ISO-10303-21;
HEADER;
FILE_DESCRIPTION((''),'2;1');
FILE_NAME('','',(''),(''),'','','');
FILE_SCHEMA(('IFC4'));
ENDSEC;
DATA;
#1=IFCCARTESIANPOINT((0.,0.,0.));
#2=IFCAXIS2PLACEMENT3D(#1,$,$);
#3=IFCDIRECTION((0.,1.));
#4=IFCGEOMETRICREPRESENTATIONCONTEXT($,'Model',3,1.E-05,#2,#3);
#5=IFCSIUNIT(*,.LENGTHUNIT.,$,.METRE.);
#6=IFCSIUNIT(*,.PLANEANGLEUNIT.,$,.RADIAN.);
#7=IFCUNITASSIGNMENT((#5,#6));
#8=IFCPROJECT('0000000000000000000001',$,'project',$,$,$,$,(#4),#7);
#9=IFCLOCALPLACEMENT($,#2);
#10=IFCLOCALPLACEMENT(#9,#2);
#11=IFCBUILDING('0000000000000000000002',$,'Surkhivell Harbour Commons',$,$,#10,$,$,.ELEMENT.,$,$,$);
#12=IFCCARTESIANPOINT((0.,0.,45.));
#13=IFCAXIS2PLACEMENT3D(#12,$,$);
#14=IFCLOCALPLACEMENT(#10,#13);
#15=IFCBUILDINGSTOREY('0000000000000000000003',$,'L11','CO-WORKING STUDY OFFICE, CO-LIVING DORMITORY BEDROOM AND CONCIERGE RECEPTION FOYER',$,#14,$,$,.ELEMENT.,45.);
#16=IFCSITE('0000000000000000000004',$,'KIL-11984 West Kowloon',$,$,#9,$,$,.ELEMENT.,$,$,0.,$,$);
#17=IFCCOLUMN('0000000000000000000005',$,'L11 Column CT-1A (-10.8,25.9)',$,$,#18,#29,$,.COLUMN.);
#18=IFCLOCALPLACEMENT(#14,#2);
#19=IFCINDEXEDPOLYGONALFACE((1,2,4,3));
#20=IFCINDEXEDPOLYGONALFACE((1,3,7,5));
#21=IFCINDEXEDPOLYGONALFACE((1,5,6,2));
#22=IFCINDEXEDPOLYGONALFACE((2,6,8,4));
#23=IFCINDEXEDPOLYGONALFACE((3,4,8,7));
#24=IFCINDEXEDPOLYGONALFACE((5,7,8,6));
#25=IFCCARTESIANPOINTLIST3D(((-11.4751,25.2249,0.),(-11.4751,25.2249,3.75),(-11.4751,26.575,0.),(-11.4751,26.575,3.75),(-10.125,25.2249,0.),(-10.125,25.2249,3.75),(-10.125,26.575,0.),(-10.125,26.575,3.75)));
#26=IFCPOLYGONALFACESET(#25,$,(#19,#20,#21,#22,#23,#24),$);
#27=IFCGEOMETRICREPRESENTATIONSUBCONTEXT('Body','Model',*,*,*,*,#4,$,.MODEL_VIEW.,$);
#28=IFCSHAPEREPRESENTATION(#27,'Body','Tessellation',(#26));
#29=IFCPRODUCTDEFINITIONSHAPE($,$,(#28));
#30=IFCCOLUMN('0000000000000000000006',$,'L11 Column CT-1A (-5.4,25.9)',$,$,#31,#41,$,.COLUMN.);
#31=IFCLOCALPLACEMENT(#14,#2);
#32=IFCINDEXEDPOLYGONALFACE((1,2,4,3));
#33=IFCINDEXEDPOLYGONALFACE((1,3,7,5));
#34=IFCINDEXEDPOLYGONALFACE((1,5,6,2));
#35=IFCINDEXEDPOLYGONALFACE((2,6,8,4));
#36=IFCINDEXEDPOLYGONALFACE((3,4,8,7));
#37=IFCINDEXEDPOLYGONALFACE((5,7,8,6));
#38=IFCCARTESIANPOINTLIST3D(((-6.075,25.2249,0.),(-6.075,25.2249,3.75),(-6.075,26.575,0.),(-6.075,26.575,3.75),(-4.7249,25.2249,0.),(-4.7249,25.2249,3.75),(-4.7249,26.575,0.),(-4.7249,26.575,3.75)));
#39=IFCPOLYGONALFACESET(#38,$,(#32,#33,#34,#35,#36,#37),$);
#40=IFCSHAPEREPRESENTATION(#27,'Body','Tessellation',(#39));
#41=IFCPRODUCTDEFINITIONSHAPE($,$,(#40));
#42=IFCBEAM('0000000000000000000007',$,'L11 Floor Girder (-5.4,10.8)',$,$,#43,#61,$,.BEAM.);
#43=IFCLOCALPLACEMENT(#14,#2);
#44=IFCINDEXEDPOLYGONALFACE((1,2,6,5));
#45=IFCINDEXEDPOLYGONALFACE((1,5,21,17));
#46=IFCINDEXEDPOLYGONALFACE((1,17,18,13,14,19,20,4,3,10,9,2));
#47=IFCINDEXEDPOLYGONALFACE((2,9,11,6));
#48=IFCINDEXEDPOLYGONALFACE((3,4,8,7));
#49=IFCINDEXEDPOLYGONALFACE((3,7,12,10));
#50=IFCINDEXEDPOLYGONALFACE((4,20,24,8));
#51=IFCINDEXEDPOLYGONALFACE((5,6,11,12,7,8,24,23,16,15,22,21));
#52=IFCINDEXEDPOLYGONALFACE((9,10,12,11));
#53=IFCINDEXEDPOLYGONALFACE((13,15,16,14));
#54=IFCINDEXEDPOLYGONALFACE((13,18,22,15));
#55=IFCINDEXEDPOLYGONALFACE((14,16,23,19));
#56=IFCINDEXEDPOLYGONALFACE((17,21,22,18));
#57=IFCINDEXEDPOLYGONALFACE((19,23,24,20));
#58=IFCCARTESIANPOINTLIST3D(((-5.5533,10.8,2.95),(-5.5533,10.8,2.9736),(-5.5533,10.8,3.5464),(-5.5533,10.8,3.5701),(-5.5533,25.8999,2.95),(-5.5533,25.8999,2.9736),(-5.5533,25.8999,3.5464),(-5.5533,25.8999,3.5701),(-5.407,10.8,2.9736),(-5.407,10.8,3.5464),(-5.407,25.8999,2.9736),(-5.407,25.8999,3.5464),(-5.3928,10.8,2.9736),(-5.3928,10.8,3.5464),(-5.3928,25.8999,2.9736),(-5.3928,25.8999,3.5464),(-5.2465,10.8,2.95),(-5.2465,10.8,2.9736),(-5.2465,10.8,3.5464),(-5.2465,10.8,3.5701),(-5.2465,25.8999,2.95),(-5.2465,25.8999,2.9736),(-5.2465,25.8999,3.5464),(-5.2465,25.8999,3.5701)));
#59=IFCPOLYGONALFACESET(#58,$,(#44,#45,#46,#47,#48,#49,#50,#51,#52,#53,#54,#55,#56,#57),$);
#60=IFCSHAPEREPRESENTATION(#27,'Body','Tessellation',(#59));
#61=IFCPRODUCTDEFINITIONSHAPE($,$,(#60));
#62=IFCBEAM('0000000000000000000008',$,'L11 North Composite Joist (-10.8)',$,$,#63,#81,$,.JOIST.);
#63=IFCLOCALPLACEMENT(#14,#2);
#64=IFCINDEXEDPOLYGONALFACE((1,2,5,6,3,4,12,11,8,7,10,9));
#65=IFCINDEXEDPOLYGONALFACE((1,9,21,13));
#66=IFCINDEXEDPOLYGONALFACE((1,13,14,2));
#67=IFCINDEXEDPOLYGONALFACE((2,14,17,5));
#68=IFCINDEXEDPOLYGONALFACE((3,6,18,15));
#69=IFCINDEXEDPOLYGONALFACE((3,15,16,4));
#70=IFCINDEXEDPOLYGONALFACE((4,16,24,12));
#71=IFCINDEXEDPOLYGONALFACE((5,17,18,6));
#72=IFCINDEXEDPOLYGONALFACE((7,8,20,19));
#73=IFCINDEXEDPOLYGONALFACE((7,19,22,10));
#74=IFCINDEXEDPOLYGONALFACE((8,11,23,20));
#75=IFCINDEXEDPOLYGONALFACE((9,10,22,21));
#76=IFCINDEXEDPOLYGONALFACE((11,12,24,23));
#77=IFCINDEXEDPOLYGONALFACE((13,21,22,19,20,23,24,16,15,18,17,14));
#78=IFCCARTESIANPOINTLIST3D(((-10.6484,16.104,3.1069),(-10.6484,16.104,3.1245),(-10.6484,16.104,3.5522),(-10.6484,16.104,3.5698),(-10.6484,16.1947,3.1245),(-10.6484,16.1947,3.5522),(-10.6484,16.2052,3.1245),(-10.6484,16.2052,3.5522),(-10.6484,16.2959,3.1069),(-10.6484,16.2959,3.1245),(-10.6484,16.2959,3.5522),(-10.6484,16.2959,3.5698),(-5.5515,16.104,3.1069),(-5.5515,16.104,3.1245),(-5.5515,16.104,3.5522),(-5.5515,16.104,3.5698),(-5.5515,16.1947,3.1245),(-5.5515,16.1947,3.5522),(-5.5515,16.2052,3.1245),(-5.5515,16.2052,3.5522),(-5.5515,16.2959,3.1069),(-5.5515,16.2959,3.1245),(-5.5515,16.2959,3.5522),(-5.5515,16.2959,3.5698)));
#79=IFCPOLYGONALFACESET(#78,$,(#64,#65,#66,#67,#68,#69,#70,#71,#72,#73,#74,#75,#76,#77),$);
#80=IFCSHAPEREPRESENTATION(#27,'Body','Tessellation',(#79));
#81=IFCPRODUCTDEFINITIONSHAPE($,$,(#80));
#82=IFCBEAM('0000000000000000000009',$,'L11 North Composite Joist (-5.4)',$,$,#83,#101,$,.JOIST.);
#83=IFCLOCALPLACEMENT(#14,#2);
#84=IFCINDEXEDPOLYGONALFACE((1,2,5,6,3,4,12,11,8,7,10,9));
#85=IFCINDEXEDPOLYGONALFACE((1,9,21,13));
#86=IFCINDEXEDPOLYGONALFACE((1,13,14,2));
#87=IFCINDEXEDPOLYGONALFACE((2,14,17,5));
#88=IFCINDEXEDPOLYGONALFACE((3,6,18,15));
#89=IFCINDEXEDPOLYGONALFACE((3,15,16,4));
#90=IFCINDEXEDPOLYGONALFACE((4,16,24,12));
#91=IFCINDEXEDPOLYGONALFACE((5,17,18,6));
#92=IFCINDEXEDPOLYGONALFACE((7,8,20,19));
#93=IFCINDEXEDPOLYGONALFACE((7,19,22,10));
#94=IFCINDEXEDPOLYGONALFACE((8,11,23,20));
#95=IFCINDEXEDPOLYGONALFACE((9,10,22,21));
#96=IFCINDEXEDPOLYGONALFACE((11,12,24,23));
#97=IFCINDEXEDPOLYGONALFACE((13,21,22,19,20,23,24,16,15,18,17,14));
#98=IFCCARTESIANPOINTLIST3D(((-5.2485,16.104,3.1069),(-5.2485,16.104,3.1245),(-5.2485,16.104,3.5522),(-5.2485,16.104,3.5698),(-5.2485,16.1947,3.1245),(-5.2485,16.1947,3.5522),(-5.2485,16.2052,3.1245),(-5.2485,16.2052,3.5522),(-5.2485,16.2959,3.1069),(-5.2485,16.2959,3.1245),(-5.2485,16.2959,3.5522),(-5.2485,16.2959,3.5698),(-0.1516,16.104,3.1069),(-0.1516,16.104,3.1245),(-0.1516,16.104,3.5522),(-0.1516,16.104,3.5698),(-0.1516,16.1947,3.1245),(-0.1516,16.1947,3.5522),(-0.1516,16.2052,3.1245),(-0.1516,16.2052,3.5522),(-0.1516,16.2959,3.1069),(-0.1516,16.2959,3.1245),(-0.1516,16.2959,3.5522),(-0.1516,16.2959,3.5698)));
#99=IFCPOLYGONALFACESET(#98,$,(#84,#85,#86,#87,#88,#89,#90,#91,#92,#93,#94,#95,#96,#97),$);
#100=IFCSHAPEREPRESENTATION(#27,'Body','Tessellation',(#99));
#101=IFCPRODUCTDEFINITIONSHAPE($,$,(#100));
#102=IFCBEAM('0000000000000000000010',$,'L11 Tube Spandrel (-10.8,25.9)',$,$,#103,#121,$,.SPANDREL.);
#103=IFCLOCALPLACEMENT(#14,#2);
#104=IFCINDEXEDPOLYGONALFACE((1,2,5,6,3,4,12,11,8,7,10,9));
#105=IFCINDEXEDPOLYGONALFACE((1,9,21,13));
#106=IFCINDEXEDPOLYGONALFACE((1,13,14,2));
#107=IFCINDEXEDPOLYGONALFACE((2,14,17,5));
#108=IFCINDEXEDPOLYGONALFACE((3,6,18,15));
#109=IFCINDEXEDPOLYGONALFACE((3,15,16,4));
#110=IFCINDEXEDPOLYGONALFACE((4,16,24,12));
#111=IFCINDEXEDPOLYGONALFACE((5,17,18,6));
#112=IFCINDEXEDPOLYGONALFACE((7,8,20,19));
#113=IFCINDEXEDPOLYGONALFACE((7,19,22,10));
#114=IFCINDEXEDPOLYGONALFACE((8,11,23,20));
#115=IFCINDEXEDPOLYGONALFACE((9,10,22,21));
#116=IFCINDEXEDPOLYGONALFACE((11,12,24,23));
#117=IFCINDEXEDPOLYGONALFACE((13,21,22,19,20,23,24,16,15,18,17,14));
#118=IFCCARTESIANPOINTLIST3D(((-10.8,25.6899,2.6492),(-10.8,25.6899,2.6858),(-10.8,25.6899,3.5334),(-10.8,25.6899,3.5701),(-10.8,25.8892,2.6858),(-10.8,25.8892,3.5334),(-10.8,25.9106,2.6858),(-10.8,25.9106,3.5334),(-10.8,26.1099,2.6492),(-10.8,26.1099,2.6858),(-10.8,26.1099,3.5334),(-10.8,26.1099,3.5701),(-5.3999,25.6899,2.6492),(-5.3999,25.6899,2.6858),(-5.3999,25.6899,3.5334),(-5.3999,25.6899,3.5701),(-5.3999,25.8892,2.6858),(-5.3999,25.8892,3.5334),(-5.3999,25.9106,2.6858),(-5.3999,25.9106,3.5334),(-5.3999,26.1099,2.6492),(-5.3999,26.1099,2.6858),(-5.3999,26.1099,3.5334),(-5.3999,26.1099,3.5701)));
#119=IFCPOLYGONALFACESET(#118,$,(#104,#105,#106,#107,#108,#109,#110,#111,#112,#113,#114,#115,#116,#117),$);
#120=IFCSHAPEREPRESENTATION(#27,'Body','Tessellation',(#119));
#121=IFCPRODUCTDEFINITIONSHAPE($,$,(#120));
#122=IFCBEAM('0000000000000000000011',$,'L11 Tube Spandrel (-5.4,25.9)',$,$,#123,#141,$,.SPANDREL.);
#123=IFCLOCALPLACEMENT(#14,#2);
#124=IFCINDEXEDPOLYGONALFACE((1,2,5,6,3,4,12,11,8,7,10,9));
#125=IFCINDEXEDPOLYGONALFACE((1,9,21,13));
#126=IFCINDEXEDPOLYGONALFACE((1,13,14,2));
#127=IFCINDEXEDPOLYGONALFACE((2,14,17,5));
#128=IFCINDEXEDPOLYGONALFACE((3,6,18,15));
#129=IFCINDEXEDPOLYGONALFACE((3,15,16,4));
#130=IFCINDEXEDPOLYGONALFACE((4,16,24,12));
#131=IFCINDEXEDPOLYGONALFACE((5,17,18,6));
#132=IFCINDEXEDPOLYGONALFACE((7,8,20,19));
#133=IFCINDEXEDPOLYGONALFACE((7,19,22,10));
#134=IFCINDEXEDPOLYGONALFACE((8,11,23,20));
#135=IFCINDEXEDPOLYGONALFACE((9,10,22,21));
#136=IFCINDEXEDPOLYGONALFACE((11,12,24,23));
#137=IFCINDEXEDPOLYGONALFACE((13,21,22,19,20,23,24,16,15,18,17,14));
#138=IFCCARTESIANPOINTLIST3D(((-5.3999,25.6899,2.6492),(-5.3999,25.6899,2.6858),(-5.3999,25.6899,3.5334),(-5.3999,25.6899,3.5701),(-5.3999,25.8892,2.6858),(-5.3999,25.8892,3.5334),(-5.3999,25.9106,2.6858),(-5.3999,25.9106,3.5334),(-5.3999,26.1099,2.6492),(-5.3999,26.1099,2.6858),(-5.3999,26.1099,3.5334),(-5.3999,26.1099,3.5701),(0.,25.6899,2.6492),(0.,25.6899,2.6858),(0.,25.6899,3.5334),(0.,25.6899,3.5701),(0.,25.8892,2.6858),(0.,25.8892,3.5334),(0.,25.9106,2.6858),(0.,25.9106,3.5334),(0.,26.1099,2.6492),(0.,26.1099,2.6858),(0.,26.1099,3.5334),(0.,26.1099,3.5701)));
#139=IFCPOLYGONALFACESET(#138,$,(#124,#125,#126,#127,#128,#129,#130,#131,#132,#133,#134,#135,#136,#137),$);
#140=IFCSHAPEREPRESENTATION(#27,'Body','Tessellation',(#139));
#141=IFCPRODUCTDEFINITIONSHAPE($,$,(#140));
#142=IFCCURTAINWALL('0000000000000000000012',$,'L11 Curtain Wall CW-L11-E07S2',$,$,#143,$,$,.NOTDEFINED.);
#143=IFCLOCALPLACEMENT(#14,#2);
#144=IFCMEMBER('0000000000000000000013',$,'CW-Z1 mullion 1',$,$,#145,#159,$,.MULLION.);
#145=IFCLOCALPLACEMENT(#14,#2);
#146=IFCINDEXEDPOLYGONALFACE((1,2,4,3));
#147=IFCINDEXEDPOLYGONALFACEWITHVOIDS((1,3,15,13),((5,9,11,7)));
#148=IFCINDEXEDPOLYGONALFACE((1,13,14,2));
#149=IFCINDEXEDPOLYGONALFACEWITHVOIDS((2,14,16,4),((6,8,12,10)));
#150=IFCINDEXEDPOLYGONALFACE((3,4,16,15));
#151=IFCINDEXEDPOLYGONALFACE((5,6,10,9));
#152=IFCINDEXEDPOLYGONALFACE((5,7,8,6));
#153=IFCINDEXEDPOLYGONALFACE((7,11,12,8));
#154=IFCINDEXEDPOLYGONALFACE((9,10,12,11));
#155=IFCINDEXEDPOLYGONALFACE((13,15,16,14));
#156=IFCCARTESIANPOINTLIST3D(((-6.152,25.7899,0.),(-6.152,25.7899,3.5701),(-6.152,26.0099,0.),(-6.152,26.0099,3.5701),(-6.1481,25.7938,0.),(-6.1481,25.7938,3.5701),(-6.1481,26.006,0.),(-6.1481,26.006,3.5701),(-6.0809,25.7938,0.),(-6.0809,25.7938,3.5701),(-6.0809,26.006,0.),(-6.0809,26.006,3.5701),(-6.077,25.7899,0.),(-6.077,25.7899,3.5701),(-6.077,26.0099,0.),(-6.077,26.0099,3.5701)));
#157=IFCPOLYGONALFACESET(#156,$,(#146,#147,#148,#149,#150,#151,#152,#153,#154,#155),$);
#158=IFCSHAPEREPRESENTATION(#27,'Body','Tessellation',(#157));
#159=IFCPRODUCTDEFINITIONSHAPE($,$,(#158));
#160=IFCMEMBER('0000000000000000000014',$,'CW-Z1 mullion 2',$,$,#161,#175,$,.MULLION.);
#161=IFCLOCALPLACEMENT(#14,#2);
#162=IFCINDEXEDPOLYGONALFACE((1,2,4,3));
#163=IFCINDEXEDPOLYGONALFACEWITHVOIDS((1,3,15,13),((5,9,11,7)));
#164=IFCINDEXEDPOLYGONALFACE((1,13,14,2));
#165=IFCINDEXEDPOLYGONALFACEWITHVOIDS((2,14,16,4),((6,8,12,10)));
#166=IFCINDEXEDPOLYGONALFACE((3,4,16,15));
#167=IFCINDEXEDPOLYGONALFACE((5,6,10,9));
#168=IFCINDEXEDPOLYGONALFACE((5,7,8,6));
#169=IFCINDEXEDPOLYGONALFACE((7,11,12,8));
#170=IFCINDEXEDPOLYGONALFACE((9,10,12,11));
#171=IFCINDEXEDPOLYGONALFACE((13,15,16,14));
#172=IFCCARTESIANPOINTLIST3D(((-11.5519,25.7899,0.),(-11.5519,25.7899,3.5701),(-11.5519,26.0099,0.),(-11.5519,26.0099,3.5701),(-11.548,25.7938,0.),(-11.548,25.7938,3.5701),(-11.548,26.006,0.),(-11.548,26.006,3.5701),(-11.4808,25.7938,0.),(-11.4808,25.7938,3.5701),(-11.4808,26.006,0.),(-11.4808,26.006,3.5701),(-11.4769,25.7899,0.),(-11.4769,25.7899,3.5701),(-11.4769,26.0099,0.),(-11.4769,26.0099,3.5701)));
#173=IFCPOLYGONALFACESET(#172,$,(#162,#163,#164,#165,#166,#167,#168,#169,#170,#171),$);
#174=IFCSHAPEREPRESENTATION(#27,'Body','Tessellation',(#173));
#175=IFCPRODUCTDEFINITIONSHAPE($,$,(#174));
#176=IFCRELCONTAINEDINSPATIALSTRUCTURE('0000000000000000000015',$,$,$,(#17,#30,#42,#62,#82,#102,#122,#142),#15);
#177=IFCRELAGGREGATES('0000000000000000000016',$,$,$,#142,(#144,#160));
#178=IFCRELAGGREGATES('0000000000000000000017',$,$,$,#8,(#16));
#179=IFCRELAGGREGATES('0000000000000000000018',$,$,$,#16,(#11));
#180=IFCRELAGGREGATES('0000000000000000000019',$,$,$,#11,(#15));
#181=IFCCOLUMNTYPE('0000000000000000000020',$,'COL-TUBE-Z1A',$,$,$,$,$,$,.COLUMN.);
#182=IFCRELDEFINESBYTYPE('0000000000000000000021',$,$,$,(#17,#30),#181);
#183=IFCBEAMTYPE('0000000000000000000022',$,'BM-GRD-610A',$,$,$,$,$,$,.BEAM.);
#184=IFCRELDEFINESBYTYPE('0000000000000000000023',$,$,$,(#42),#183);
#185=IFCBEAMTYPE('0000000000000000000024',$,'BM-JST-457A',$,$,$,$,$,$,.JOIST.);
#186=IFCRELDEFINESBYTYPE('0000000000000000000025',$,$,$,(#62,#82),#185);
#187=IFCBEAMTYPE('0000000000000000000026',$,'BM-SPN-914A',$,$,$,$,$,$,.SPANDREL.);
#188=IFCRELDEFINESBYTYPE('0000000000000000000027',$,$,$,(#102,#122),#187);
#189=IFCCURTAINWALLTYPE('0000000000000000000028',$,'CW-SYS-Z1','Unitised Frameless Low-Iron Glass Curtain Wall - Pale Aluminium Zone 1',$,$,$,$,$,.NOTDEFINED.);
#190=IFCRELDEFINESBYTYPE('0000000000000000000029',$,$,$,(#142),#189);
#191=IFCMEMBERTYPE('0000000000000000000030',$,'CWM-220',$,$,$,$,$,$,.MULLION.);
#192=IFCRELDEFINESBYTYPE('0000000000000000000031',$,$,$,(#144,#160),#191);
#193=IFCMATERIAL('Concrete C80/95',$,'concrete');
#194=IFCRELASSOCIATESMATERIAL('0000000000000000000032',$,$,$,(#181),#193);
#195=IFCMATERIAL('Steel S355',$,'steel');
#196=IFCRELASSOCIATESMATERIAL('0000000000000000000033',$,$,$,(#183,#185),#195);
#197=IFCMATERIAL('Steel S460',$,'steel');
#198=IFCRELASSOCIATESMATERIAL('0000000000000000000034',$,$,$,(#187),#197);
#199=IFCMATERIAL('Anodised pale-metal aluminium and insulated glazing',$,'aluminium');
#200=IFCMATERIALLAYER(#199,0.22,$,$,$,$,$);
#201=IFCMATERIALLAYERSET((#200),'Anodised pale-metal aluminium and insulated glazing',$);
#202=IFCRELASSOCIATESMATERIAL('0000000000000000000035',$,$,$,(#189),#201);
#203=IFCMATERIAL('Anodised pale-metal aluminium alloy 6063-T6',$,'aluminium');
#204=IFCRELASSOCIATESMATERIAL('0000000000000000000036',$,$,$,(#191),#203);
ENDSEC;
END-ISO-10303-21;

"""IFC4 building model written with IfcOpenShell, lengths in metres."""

from ifc_helpers import new_model, si_unit, direction, frame, origin, origin_2d, place, context, subcontext, project, spatial, rectangle, hollow_rectangle, i_section, extrude, material, layer, layer_set, material_profile, profile_set, type_object, element, aggregate, save


model = new_model("IFC4")

# Units and contexts
model_context = context("Model", 3, precision=1e-05, world=origin(), true_north=direction((0.0, 1.0)))
body_context = subcontext(model_context, "Body", "Model", "MODEL_VIEW")
ifc_project = project(units=[si_unit("LENGTHUNIT", "METRE"), si_unit("PLANEANGLEUNIT", "RADIAN")], contexts=[model_context])

# Site, building, storey
site_placement = place(None, origin())
site = spatial("IfcSite", under=ifc_project, at=site_placement, Name="KIL-11984 West Kowloon", CompositionType="ELEMENT", RefElevation=0.0)
building_placement = place(site_placement, origin())
building = spatial("IfcBuilding", under=site, at=building_placement, Name="Surkhivell Harbour Commons", CompositionType="ELEMENT")
storey_placement = place(building_placement, frame((0.0, 0.0, 45.0)))
storey = spatial("IfcBuildingStorey", under=building, at=storey_placement, Name="L11", Description="CO-WORKING STUDY OFFICE, CO-LIVING DORMITORY BEDROOM AND CONCIERGE RECEPTION FOYER", CompositionType="ELEMENT", Elevation=45.0)

# Columns
ifc_material_1 = material(Name="Concrete C80/95", Category="concrete")
ifc_material_profile_1 = material_profile(ifc_material_1, rectangle(XDim=1.3501, YDim=1.3501, at=origin_2d()), Name="RC-COL-1350x1350")
ifc_profile_set_1 = profile_set([ifc_material_profile_1], Name="Concrete C80/95")
column_type = type_object("IfcColumnType", Name="COL-TUBE-Z1A", PredefinedType="COLUMN", material=ifc_profile_set_1)
for number, where, z_axis, x_axis, name in (
    (1, (-10.8, 25.8999, 0.0), (0.0, 0.0, 1.0), (1.0, 0.0, 0.0), "L11 Column CT-1A (-10.8,25.9)"),
    (2, (-5.3999, 25.8999, 0.0), (0.0, 0.0, 1.0), (1.0, 0.0, 0.0), "L11 Column CT-1A (-5.4,25.9)"),
):
    element("IfcColumn", number, at=place(storey_placement, frame(where, z_axis=z_axis, x_axis=x_axis)), inside=storey, type_object=column_type, Name=name, PredefinedType="COLUMN", context=body_context, shape_type="SweptSolid", body=[
        extrude(rectangle(XDim=1.3501, YDim=1.3501, at=origin_2d()), origin(), (0.0, 0.0, 1.0), 3.75),
    ])

# Beams
ifc_material_2 = material(Name="Steel S355", Category="steel")
ifc_material_profile_2 = material_profile(ifc_material_2, i_section(OverallWidth=0.3069, OverallDepth=0.6201, WebThickness=0.0142, FlangeThickness=0.0237, at=origin_2d()), Name="UB610x305x179")
ifc_profile_set_2 = profile_set([ifc_material_profile_2], Name="Steel S355")
beam_type_1 = type_object("IfcBeamType", Name="BM-GRD-610A", PredefinedType="BEAM", material=ifc_profile_set_2)
beam_1_placement = place(storey_placement, frame((-5.3999, 10.8, 3.26), z_axis=(0.0, 1.0, 0.0), x_axis=(-1.0, 0.0, 0.0)))
element("IfcBeam", 3, at=beam_1_placement, inside=storey, type_object=beam_type_1, Name="L11 Floor Girder (-5.4,10.8)", PredefinedType="BEAM", context=body_context, shape_type="SweptSolid", body=[
    extrude(i_section(OverallWidth=0.3069, OverallDepth=0.6201, WebThickness=0.0142, FlangeThickness=0.0237, at=origin_2d()), origin(), (0.0, 0.0, 1.0), 15.0999),
])
ifc_material_profile_3 = material_profile(ifc_material_2, i_section(OverallWidth=0.1919, OverallDepth=0.4629, WebThickness=0.0105, FlangeThickness=0.0176, at=origin_2d()), Name="UB457x191x89")
ifc_profile_set_3 = profile_set([ifc_material_profile_3], Name="Steel S355")
beam_type_2 = type_object("IfcBeamType", Name="BM-JST-457A", PredefinedType="JOIST", material=ifc_profile_set_3)
for number, where, z_axis, x_axis, name in (
    (4, (-10.6484, 16.2, 3.3384), (1.0, 0.0, 0.0), (0.0, 1.0, 0.0), "L11 North Composite Joist (-10.8)"),
    (5, (-5.2485, 16.2, 3.3384), (1.0, 0.0, 0.0), (0.0, 1.0, 0.0), "L11 North Composite Joist (-5.4)"),
):
    element("IfcBeam", number, at=place(storey_placement, frame(where, z_axis=z_axis, x_axis=x_axis)), inside=storey, type_object=beam_type_2, Name=name, PredefinedType="JOIST", context=body_context, shape_type="SweptSolid", body=[
        extrude(i_section(OverallWidth=0.1919, OverallDepth=0.4629, WebThickness=0.0105, FlangeThickness=0.0176, at=origin_2d()), origin(), (0.0, 0.0, 1.0), 5.0969),
    ])
ifc_material_3 = material(Name="Steel S460", Category="steel")
ifc_material_profile_4 = material_profile(ifc_material_3, i_section(OverallWidth=0.4199, OverallDepth=0.9209, WebThickness=0.0215, FlangeThickness=0.0366, at=origin_2d()), Name="UB914x419x388")
ifc_profile_set_4 = profile_set([ifc_material_profile_4], Name="Steel S460")
beam_type_3 = type_object("IfcBeamType", Name="BM-SPN-914A", PredefinedType="SPANDREL", material=ifc_profile_set_4)
beam_2_placement = place(storey_placement, frame((-10.8, 25.8999, 3.1096), z_axis=(1.0, 0.0, 0.0), x_axis=(0.0, 1.0, 0.0)))
element("IfcBeam", 6, at=beam_2_placement, inside=storey, type_object=beam_type_3, Name="L11 Tube Spandrel (-10.8,25.9)", PredefinedType="SPANDREL", context=body_context, shape_type="SweptSolid", body=[
    extrude(i_section(OverallWidth=0.4199, OverallDepth=0.9209, WebThickness=0.0215, FlangeThickness=0.0366, at=origin_2d()), origin(), (0.0, 0.0, 1.0), 5.4001),
])
beam_3_placement = place(storey_placement, frame((-5.3999, 25.8999, 3.1096), z_axis=(1.0, 0.0, 0.0), x_axis=(0.0, 1.0, 0.0)))
element("IfcBeam", 7, at=beam_3_placement, inside=storey, type_object=beam_type_3, Name="L11 Tube Spandrel (-5.4,25.9)", PredefinedType="SPANDREL", context=body_context, shape_type="SweptSolid", body=[
    extrude(i_section(OverallWidth=0.4199, OverallDepth=0.9209, WebThickness=0.0215, FlangeThickness=0.0366, at=origin_2d()), origin(), (0.0, 0.0, 1.0), 5.3999),
])

# Curtain wall, members
ifc_material_4 = material(Name="Anodised pale-metal aluminium and insulated glazing", Category="aluminium")
ifc_layer_1 = layer(ifc_material_4, 0.22)
ifc_layer_set_1 = layer_set([ifc_layer_1], Name="Anodised pale-metal aluminium and insulated glazing")
curtain_wall_type = type_object("IfcCurtainWallType", Name="CW-SYS-Z1", Description="Unitised Frameless Low-Iron Glass Curtain Wall - Pale Aluminium Zone 1", PredefinedType="NOTDEFINED", material=ifc_layer_set_1)
curtain_wall_placement = place(storey_placement, origin())
curtain_wall = element("IfcCurtainWall", 8, at=curtain_wall_placement, inside=storey, type_object=curtain_wall_type, Name="L11 Curtain Wall CW-L11-E07S2", PredefinedType="NOTDEFINED")
ifc_material_5 = material(Name="Anodised pale-metal aluminium alloy 6063-T6", Category="aluminium")
ifc_material_profile_5 = material_profile(ifc_material_5, hollow_rectangle(XDim=0.075, YDim=0.22, WallThickness=0.0039, at=origin_2d()), Name="ALU-MULL-75x220")
ifc_profile_set_5 = profile_set([ifc_material_profile_5], Name="Anodised pale-metal aluminium alloy 6063-T6")
member_type_1 = type_object("IfcMemberType", Name="CWM-220", PredefinedType="MULLION", material=ifc_profile_set_5)
member_1_placement = place(storey_placement, frame((-6.1145, 25.8999, 0.0), z_axis=(0.0, 0.0, 1.0), x_axis=(-1.0, 0.0, 0.0)))
member_1 = element("IfcMember", 9, at=member_1_placement, type_object=member_type_1, Name="CW-Z1 mullion 1", PredefinedType="MULLION", context=body_context, shape_type="SweptSolid", body=[
    extrude(hollow_rectangle(XDim=0.075, YDim=0.22, WallThickness=0.0039, at=origin_2d()), origin(), (0.0, 0.0, 1.0), 3.5701),
])
member_2_placement = place(storey_placement, frame((-11.5144, 25.8999, 0.0), z_axis=(0.0, 0.0, 1.0), x_axis=(-1.0, 0.0, 0.0)))
member_2 = element("IfcMember", 10, at=member_2_placement, type_object=member_type_1, Name="CW-Z1 mullion 2", PredefinedType="MULLION", context=body_context, shape_type="SweptSolid", body=[
    extrude(hollow_rectangle(XDim=0.075, YDim=0.22, WallThickness=0.0039, at=origin_2d()), origin(), (0.0, 0.0, 1.0), 3.5701),
])

aggregate(curtain_wall, [member_1, member_2])

save(model, "model.ifc")
